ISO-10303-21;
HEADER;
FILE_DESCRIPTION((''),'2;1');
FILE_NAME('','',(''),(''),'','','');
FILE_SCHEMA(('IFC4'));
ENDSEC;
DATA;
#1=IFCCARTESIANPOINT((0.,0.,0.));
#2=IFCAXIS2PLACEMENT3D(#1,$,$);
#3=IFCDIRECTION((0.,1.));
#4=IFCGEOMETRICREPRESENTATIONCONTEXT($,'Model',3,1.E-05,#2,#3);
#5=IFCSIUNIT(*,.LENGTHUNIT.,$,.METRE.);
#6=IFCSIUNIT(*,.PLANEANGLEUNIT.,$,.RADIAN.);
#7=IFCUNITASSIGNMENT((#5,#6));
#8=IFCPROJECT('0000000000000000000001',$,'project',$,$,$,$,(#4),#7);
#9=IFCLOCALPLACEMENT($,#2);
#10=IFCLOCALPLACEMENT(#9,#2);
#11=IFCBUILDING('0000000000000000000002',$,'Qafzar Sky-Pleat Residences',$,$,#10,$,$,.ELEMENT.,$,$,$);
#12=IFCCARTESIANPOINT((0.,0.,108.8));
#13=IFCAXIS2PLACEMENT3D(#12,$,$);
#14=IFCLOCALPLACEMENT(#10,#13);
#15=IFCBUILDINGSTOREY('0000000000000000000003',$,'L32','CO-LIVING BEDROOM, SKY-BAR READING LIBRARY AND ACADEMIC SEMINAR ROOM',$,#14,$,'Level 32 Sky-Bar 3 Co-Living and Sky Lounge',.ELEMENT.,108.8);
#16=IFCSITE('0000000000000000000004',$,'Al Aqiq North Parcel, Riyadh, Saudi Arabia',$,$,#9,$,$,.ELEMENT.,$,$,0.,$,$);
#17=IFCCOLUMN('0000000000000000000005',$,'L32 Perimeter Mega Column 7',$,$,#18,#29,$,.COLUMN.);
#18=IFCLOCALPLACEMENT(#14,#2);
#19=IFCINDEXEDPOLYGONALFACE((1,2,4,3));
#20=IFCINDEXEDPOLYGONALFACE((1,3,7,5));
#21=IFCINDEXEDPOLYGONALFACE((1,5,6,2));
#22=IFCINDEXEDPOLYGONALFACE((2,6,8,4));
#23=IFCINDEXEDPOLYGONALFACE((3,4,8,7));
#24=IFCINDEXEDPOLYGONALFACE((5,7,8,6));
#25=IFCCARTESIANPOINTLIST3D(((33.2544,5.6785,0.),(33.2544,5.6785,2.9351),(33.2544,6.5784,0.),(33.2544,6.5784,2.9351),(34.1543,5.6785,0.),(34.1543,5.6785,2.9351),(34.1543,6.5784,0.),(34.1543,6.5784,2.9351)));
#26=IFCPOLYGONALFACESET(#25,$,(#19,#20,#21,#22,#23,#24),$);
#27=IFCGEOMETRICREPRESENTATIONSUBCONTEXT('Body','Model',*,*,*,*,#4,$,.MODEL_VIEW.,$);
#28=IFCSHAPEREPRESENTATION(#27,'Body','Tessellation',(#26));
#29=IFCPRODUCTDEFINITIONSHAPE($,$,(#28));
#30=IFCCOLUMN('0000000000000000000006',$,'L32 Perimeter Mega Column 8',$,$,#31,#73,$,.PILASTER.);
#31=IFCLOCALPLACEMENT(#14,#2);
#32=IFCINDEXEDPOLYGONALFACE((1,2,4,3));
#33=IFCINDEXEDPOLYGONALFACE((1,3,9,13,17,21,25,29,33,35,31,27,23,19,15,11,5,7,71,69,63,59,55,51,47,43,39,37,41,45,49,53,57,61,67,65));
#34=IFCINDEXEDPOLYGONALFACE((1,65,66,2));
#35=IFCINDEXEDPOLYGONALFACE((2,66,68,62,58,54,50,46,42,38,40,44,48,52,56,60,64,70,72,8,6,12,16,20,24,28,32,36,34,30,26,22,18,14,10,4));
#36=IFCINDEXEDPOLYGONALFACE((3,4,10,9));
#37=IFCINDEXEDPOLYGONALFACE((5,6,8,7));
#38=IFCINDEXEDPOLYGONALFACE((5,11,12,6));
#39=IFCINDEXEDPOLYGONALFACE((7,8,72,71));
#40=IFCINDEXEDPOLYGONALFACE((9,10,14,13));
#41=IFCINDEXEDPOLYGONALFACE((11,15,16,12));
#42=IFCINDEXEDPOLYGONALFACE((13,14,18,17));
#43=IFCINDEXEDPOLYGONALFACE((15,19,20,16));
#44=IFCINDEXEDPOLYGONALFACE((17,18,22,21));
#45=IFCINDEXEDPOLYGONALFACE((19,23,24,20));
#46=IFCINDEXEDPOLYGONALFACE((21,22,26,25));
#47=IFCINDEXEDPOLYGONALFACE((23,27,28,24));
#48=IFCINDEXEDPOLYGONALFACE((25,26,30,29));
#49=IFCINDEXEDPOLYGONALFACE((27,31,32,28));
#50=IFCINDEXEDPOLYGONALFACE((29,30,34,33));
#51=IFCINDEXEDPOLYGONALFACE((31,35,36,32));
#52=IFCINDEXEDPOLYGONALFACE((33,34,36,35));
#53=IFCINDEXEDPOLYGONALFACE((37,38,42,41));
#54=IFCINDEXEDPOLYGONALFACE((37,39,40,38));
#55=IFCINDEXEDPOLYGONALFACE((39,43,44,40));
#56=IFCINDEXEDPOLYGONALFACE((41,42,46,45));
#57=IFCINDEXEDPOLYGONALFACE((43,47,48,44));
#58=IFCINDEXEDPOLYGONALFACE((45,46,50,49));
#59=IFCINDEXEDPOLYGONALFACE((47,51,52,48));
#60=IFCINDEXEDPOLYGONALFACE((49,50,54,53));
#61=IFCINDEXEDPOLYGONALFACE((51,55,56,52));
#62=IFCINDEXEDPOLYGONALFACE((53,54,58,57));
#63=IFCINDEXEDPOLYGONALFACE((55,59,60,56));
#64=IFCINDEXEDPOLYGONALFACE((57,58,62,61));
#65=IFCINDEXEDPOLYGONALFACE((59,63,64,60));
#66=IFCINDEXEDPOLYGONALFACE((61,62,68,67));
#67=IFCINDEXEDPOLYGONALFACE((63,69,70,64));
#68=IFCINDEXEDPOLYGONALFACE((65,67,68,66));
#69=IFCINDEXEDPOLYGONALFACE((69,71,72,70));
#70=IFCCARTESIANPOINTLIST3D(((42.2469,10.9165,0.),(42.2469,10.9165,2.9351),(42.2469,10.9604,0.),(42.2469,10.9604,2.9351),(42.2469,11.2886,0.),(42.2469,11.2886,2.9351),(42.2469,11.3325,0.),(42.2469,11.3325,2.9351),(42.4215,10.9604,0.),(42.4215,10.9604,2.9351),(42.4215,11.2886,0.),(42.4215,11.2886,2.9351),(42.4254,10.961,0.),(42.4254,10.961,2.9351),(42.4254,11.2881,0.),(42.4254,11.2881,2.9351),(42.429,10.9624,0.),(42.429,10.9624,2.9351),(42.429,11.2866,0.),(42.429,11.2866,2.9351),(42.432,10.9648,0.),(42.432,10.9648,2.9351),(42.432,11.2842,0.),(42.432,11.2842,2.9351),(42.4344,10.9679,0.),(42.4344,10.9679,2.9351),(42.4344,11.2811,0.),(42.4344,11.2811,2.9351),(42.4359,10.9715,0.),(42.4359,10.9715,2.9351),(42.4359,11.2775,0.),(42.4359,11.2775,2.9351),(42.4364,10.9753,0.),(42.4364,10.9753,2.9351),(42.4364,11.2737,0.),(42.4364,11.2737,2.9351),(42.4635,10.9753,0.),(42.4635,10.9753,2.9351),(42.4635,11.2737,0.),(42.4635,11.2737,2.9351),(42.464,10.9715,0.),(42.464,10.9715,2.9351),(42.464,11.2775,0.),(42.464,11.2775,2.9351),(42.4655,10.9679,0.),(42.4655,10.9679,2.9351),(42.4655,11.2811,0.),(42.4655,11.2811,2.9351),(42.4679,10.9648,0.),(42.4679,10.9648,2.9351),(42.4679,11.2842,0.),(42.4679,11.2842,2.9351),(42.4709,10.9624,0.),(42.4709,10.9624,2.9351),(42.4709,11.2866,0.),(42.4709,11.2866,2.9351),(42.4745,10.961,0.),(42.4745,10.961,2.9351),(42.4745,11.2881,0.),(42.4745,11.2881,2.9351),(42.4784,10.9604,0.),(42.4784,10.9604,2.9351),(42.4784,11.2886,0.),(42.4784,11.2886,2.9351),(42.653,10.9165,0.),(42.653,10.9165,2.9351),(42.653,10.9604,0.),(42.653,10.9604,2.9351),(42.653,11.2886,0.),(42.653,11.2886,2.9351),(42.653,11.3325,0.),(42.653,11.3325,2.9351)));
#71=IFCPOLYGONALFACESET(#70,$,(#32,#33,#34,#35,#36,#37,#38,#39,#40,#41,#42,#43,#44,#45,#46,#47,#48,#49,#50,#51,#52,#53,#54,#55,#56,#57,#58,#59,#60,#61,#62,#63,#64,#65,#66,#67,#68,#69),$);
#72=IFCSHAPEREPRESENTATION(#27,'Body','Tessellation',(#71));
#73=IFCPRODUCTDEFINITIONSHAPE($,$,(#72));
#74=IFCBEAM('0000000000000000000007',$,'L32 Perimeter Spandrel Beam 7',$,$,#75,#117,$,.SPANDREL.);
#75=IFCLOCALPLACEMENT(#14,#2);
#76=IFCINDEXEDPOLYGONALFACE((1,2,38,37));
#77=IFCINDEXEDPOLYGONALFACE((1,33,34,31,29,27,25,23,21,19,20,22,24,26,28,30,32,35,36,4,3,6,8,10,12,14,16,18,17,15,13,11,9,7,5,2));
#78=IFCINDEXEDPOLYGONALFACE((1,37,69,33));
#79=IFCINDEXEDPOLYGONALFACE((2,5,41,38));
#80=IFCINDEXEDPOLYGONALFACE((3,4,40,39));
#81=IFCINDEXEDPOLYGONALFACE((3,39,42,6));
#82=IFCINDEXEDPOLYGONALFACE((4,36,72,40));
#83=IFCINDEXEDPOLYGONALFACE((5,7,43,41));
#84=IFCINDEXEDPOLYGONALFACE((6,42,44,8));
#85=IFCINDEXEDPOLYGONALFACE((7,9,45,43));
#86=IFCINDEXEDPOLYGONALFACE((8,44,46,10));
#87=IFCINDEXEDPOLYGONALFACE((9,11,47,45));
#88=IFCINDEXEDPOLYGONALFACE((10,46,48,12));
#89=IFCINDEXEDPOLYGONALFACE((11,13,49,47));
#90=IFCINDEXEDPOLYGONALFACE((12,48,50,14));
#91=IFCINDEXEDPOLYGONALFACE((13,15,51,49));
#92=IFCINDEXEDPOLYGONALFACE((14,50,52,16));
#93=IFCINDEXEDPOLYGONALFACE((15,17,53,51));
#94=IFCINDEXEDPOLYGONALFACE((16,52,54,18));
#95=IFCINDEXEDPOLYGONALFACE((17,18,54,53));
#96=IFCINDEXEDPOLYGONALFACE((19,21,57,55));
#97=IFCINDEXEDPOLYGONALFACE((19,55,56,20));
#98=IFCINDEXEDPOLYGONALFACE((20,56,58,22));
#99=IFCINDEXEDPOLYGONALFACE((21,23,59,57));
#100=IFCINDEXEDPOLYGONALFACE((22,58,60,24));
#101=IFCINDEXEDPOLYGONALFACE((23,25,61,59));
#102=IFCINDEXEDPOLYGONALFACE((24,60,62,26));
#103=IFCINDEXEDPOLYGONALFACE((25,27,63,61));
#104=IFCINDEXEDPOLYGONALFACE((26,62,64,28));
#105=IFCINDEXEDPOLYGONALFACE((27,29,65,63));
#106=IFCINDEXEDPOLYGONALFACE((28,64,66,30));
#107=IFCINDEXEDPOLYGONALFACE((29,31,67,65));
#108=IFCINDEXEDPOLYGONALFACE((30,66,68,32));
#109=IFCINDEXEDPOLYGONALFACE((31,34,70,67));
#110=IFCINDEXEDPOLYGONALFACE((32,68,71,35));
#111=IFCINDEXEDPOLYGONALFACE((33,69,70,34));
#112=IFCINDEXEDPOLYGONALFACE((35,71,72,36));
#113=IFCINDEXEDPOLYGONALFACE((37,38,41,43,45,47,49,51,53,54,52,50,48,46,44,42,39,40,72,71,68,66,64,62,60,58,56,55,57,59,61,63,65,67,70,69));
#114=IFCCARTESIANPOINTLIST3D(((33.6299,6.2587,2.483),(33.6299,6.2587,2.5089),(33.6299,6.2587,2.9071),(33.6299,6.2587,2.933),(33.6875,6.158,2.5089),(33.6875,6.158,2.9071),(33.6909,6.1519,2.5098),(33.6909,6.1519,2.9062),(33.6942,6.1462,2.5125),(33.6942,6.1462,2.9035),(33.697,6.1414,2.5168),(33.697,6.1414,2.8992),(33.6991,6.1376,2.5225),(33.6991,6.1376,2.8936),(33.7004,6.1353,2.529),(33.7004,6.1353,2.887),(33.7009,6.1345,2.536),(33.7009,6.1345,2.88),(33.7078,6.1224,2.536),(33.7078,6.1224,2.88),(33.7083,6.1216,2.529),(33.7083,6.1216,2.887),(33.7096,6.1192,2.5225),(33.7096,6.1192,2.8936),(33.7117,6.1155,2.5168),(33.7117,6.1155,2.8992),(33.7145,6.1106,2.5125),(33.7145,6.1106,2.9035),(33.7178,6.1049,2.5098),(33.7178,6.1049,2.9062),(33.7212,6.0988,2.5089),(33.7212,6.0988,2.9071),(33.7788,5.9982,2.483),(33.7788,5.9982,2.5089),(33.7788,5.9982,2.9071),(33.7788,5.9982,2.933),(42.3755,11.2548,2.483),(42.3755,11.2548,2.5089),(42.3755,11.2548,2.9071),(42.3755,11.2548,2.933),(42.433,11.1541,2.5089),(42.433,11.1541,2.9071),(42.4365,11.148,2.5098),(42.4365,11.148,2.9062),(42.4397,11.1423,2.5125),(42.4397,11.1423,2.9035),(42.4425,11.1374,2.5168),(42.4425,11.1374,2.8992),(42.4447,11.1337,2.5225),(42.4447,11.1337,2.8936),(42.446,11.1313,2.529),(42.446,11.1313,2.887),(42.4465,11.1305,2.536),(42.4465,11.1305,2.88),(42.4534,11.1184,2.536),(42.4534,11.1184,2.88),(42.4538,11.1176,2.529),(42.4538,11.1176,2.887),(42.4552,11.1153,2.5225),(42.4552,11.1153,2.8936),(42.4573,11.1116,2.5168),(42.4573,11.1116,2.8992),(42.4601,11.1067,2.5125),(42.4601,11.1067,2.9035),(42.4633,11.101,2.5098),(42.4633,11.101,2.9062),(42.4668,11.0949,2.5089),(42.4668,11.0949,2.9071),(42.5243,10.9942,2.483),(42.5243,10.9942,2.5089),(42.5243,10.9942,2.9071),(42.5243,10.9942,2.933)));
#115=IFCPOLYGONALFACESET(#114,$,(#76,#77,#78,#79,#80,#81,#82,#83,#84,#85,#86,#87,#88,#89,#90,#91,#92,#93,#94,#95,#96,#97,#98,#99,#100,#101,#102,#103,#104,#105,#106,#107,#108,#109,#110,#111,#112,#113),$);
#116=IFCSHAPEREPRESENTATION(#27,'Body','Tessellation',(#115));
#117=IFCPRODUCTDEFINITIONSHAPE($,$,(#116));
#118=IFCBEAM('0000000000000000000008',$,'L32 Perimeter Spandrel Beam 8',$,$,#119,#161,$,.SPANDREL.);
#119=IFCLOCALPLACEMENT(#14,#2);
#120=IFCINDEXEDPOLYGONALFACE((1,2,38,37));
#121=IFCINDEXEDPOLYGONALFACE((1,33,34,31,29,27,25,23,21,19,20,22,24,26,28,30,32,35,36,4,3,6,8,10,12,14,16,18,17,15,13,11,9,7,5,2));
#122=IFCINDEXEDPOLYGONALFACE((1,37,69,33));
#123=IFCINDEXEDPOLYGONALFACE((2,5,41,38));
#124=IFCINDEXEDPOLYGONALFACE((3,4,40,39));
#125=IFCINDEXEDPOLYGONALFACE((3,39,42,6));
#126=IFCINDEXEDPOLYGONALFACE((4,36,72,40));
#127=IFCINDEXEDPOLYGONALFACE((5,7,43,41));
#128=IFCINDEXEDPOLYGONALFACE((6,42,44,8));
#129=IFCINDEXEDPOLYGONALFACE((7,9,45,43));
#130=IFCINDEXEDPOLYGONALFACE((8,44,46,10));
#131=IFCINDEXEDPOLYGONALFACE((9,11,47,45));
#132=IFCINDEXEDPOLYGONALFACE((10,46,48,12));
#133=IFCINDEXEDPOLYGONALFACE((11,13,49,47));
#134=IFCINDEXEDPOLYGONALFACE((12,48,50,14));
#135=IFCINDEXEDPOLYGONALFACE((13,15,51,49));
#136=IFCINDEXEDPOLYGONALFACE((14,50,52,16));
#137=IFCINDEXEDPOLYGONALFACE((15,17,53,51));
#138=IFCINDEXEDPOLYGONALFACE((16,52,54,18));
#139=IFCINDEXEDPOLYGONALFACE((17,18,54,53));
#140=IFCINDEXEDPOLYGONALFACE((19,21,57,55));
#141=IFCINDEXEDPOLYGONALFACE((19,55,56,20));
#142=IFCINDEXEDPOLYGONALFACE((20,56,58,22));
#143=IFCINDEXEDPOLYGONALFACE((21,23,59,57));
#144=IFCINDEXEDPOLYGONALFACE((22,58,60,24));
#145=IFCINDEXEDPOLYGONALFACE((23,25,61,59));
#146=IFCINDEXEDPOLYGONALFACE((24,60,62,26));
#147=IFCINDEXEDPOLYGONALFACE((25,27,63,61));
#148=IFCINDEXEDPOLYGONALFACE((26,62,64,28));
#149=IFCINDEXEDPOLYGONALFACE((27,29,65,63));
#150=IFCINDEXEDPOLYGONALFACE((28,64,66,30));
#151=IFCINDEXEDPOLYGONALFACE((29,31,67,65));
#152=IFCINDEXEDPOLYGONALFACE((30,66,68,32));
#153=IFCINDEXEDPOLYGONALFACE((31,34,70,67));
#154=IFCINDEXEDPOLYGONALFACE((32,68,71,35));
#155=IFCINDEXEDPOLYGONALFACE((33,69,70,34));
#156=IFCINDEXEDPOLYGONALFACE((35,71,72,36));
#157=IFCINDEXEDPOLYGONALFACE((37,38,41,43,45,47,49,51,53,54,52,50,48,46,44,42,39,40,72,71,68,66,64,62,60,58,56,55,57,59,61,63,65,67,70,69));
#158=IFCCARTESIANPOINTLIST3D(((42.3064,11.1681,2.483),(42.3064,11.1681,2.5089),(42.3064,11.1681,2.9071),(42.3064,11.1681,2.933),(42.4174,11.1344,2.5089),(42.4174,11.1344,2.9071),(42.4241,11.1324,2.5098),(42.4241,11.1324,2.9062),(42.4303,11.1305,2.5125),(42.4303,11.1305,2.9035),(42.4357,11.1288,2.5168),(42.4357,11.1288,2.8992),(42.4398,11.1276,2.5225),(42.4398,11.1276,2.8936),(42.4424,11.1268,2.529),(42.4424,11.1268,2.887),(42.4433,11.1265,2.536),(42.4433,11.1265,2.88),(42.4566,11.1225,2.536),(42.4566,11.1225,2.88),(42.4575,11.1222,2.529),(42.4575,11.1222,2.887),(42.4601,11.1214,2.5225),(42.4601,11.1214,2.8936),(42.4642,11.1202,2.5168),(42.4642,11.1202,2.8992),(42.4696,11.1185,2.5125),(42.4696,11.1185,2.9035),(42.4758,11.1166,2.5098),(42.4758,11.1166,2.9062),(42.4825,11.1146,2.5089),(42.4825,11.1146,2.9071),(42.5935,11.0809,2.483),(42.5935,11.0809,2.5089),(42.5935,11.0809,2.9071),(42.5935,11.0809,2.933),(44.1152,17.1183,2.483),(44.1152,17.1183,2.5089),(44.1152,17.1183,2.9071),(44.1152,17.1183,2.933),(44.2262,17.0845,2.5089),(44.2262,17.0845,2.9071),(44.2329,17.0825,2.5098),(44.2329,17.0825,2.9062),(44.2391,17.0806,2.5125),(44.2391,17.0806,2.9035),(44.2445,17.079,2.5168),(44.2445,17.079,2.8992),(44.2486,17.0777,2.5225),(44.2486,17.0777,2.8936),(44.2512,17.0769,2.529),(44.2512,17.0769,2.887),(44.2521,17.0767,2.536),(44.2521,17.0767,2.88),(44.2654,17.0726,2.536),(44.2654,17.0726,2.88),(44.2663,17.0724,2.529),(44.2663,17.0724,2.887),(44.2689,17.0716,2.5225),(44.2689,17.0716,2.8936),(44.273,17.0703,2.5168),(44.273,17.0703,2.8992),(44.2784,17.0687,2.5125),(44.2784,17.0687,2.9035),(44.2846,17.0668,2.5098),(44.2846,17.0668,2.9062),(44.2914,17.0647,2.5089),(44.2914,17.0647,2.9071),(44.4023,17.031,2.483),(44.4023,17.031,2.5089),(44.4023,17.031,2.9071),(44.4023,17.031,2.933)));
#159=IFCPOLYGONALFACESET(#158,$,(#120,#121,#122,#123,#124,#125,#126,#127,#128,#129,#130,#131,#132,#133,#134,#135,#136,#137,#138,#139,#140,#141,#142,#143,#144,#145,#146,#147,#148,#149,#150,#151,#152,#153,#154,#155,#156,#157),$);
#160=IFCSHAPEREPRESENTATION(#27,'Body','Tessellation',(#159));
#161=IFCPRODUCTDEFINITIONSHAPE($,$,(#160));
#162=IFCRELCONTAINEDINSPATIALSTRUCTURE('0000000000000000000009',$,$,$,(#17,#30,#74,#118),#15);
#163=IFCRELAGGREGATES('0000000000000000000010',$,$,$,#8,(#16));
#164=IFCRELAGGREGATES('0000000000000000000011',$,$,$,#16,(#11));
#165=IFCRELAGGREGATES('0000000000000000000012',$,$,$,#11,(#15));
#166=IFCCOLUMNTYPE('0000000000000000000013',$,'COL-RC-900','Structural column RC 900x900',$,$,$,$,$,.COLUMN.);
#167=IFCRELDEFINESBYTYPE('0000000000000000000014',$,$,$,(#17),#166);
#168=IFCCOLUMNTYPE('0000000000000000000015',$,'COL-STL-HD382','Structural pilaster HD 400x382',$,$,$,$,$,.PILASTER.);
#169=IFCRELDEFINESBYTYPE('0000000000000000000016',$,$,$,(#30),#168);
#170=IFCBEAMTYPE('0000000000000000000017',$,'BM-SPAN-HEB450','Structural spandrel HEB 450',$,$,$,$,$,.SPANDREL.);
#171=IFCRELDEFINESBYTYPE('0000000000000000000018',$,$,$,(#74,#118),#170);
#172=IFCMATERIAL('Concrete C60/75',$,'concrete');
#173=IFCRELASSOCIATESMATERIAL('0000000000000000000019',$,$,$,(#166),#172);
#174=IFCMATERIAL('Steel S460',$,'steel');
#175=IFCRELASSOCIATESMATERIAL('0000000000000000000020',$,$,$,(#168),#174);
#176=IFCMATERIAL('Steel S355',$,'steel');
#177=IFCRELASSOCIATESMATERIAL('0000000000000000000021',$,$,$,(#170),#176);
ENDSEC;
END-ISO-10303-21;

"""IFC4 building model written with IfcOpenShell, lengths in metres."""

from ifc_helpers import new_model, si_unit, direction, frame, origin, origin_2d, place, context, subcontext, project, spatial, rectangle, i_section, extrude, source, transform, mapped, material, material_profile, profile_set, type_object, element, save


model = new_model("IFC4")

# Units and contexts
model_context = context("Model", 3, precision=1e-05, world=origin(), true_north=direction((0.0, 1.0)))
body_context = subcontext(model_context, "Body", "Model", "MODEL_VIEW")
ifc_project = project(units=[si_unit("LENGTHUNIT", "METRE"), si_unit("PLANEANGLEUNIT", "RADIAN")], contexts=[model_context])

# Site, building, storey
site_placement = place(None, origin())
site = spatial("IfcSite", under=ifc_project, at=site_placement, Name="Al Aqiq North Parcel, Riyadh, Saudi Arabia", CompositionType="ELEMENT", RefElevation=0.0)
building_placement = place(site_placement, origin())
building = spatial("IfcBuilding", under=site, at=building_placement, Name="Qafzar Sky-Pleat Residences", CompositionType="ELEMENT")
storey_placement = place(building_placement, frame((0.0, 0.0, 108.8)))
storey = spatial("IfcBuildingStorey", under=building, at=storey_placement, Name="L32", Description="CO-LIVING BEDROOM, SKY-BAR READING LIBRARY AND ACADEMIC SEMINAR ROOM", LongName="Level 32 Sky-Bar 3 Co-Living and Sky Lounge", CompositionType="ELEMENT", Elevation=108.8)

# Columns
ifc_material_1 = material(Name="Concrete C60/75", Category="concrete")
ifc_material_profile_1 = material_profile(ifc_material_1, rectangle(XDim=0.8999, YDim=0.8999, at=origin_2d()), Name="RC 900x900")
ifc_profile_set_1 = profile_set([ifc_material_profile_1], Name="Concrete C60/75")
column_type_1 = type_object("IfcColumnType", Name="COL-RC-900", Description="Structural column RC 900x900", PredefinedType="COLUMN", material=ifc_profile_set_1)
shared_shape_1 = source(origin(), body_context, "Body", "SweptSolid", [
    extrude(rectangle(XDim=0.8999, YDim=0.8999, at=origin_2d()), origin(), (0.0, 0.0, 1.0), 2.9351),
])
column_1_placement = place(storey_placement, frame((33.7043, 6.1284, 0.0), z_axis=(0.0, 0.0, 1.0), x_axis=(1.0, 0.0, 0.0)))
element("IfcColumn", 1, at=column_1_placement, inside=storey, type_object=column_type_1, Name="L32 Perimeter Mega Column 7", PredefinedType="COLUMN", context=body_context, shape_type="MappedRepresentation", body=[
    mapped(shared_shape_1, transform((0.0, 0.0, 0.0), x_axis=(1.0, 0.0, 0.0), y_axis=(0.0, 1.0, 0.0), z_axis=(0.0, 0.0, 1.0), scale=1.0)),
])
ifc_material_2 = material(Name="Steel S460", Category="steel")
ifc_material_profile_2 = material_profile(ifc_material_2, i_section(OverallWidth=0.406, OverallDepth=0.416, WebThickness=0.0271, FlangeThickness=0.0439, FilletRadius=0.0149, at=origin_2d()), Name="HD 400x382")
ifc_profile_set_2 = profile_set([ifc_material_profile_2], Name="Steel S460")
column_type_2 = type_object("IfcColumnType", Name="COL-STL-HD382", Description="Structural pilaster HD 400x382", PredefinedType="PILASTER", material=ifc_profile_set_2)
shared_shape_2 = source(origin(), body_context, "Body", "SweptSolid", [
    extrude(i_section(OverallWidth=0.406, OverallDepth=0.416, WebThickness=0.0271, FlangeThickness=0.0439, FilletRadius=0.0149, at=origin_2d()), origin(), (0.0, 0.0, 1.0), 2.9351),
])
column_2_placement = place(storey_placement, frame((42.45, 11.1245, 0.0), z_axis=(0.0, 0.0, 1.0), x_axis=(1.0, 0.0, 0.0)))
element("IfcColumn", 2, at=column_2_placement, inside=storey, type_object=column_type_2, Name="L32 Perimeter Mega Column 8", PredefinedType="PILASTER", context=body_context, shape_type="MappedRepresentation", body=[
    mapped(shared_shape_2, transform((0.0, 0.0, 0.0), x_axis=(1.0, 0.0, 0.0), y_axis=(0.0, 1.0, 0.0), z_axis=(0.0, 0.0, 1.0), scale=1.0)),
])

# Beams
ifc_material_3 = material(Name="Steel S355", Category="steel")
ifc_material_profile_3 = material_profile(ifc_material_3, i_section(OverallWidth=0.3, OverallDepth=0.45, WebThickness=0.0139, FlangeThickness=0.0259, FilletRadius=0.0271, at=origin_2d()), Name="HEB 450")
ifc_profile_set_3 = profile_set([ifc_material_profile_3], Name="Steel S355")
beam_type_1 = type_object("IfcBeamType", Name="BM-SPAN-HEB450", Description="Structural spandrel HEB 450", PredefinedType="SPANDREL", material=ifc_profile_set_3)
shared_shape_3 = source(origin(), body_context, "Body", "SweptSolid", [
    extrude(i_section(OverallWidth=0.3, OverallDepth=0.45, WebThickness=0.0139, FlangeThickness=0.0259, FilletRadius=0.0271, at=origin_2d()), origin(), (0.0, 0.0, 1.0), 10.072),
])
beam_1_placement = place(storey_placement, frame((33.7043, 6.1284, 2.708), z_axis=(0.868303, 0.496035, 0.0), x_axis=(-0.496035, 0.868303, 0.0)))
element("IfcBeam", 3, at=beam_1_placement, inside=storey, type_object=beam_type_1, Name="L32 Perimeter Spandrel Beam 7", PredefinedType="SPANDREL", context=body_context, shape_type="MappedRepresentation", body=[
    mapped(shared_shape_3, transform((0.0, 0.0, 0.0), x_axis=(1.0, 0.0, 0.0), y_axis=(0.0, 1.0, 0.0), z_axis=(0.0, 0.0, 1.0), scale=1.0)),
])
shared_shape_4 = source(origin(), body_context, "Body", "SweptSolid", [
    extrude(i_section(OverallWidth=0.3, OverallDepth=0.45, WebThickness=0.0139, FlangeThickness=0.0259, FilletRadius=0.0271, at=origin_2d()), origin(), (0.0, 0.0, 1.0), 6.219),
])
beam_2_placement = place(storey_placement, frame((42.45, 11.1245, 2.708), z_axis=(0.290854, 0.956767, 0.0), x_axis=(-0.956767, 0.290854, 0.0)))
element("IfcBeam", 4, at=beam_2_placement, inside=storey, type_object=beam_type_1, Name="L32 Perimeter Spandrel Beam 8", PredefinedType="SPANDREL", context=body_context, shape_type="MappedRepresentation", body=[
    mapped(shared_shape_4, transform((0.0, 0.0, 0.0), x_axis=(1.0, 0.0, 0.0), y_axis=(0.0, 1.0, 0.0), z_axis=(0.0, 0.0, 1.0), scale=1.0)),
])

save(model, "model.ifc")
